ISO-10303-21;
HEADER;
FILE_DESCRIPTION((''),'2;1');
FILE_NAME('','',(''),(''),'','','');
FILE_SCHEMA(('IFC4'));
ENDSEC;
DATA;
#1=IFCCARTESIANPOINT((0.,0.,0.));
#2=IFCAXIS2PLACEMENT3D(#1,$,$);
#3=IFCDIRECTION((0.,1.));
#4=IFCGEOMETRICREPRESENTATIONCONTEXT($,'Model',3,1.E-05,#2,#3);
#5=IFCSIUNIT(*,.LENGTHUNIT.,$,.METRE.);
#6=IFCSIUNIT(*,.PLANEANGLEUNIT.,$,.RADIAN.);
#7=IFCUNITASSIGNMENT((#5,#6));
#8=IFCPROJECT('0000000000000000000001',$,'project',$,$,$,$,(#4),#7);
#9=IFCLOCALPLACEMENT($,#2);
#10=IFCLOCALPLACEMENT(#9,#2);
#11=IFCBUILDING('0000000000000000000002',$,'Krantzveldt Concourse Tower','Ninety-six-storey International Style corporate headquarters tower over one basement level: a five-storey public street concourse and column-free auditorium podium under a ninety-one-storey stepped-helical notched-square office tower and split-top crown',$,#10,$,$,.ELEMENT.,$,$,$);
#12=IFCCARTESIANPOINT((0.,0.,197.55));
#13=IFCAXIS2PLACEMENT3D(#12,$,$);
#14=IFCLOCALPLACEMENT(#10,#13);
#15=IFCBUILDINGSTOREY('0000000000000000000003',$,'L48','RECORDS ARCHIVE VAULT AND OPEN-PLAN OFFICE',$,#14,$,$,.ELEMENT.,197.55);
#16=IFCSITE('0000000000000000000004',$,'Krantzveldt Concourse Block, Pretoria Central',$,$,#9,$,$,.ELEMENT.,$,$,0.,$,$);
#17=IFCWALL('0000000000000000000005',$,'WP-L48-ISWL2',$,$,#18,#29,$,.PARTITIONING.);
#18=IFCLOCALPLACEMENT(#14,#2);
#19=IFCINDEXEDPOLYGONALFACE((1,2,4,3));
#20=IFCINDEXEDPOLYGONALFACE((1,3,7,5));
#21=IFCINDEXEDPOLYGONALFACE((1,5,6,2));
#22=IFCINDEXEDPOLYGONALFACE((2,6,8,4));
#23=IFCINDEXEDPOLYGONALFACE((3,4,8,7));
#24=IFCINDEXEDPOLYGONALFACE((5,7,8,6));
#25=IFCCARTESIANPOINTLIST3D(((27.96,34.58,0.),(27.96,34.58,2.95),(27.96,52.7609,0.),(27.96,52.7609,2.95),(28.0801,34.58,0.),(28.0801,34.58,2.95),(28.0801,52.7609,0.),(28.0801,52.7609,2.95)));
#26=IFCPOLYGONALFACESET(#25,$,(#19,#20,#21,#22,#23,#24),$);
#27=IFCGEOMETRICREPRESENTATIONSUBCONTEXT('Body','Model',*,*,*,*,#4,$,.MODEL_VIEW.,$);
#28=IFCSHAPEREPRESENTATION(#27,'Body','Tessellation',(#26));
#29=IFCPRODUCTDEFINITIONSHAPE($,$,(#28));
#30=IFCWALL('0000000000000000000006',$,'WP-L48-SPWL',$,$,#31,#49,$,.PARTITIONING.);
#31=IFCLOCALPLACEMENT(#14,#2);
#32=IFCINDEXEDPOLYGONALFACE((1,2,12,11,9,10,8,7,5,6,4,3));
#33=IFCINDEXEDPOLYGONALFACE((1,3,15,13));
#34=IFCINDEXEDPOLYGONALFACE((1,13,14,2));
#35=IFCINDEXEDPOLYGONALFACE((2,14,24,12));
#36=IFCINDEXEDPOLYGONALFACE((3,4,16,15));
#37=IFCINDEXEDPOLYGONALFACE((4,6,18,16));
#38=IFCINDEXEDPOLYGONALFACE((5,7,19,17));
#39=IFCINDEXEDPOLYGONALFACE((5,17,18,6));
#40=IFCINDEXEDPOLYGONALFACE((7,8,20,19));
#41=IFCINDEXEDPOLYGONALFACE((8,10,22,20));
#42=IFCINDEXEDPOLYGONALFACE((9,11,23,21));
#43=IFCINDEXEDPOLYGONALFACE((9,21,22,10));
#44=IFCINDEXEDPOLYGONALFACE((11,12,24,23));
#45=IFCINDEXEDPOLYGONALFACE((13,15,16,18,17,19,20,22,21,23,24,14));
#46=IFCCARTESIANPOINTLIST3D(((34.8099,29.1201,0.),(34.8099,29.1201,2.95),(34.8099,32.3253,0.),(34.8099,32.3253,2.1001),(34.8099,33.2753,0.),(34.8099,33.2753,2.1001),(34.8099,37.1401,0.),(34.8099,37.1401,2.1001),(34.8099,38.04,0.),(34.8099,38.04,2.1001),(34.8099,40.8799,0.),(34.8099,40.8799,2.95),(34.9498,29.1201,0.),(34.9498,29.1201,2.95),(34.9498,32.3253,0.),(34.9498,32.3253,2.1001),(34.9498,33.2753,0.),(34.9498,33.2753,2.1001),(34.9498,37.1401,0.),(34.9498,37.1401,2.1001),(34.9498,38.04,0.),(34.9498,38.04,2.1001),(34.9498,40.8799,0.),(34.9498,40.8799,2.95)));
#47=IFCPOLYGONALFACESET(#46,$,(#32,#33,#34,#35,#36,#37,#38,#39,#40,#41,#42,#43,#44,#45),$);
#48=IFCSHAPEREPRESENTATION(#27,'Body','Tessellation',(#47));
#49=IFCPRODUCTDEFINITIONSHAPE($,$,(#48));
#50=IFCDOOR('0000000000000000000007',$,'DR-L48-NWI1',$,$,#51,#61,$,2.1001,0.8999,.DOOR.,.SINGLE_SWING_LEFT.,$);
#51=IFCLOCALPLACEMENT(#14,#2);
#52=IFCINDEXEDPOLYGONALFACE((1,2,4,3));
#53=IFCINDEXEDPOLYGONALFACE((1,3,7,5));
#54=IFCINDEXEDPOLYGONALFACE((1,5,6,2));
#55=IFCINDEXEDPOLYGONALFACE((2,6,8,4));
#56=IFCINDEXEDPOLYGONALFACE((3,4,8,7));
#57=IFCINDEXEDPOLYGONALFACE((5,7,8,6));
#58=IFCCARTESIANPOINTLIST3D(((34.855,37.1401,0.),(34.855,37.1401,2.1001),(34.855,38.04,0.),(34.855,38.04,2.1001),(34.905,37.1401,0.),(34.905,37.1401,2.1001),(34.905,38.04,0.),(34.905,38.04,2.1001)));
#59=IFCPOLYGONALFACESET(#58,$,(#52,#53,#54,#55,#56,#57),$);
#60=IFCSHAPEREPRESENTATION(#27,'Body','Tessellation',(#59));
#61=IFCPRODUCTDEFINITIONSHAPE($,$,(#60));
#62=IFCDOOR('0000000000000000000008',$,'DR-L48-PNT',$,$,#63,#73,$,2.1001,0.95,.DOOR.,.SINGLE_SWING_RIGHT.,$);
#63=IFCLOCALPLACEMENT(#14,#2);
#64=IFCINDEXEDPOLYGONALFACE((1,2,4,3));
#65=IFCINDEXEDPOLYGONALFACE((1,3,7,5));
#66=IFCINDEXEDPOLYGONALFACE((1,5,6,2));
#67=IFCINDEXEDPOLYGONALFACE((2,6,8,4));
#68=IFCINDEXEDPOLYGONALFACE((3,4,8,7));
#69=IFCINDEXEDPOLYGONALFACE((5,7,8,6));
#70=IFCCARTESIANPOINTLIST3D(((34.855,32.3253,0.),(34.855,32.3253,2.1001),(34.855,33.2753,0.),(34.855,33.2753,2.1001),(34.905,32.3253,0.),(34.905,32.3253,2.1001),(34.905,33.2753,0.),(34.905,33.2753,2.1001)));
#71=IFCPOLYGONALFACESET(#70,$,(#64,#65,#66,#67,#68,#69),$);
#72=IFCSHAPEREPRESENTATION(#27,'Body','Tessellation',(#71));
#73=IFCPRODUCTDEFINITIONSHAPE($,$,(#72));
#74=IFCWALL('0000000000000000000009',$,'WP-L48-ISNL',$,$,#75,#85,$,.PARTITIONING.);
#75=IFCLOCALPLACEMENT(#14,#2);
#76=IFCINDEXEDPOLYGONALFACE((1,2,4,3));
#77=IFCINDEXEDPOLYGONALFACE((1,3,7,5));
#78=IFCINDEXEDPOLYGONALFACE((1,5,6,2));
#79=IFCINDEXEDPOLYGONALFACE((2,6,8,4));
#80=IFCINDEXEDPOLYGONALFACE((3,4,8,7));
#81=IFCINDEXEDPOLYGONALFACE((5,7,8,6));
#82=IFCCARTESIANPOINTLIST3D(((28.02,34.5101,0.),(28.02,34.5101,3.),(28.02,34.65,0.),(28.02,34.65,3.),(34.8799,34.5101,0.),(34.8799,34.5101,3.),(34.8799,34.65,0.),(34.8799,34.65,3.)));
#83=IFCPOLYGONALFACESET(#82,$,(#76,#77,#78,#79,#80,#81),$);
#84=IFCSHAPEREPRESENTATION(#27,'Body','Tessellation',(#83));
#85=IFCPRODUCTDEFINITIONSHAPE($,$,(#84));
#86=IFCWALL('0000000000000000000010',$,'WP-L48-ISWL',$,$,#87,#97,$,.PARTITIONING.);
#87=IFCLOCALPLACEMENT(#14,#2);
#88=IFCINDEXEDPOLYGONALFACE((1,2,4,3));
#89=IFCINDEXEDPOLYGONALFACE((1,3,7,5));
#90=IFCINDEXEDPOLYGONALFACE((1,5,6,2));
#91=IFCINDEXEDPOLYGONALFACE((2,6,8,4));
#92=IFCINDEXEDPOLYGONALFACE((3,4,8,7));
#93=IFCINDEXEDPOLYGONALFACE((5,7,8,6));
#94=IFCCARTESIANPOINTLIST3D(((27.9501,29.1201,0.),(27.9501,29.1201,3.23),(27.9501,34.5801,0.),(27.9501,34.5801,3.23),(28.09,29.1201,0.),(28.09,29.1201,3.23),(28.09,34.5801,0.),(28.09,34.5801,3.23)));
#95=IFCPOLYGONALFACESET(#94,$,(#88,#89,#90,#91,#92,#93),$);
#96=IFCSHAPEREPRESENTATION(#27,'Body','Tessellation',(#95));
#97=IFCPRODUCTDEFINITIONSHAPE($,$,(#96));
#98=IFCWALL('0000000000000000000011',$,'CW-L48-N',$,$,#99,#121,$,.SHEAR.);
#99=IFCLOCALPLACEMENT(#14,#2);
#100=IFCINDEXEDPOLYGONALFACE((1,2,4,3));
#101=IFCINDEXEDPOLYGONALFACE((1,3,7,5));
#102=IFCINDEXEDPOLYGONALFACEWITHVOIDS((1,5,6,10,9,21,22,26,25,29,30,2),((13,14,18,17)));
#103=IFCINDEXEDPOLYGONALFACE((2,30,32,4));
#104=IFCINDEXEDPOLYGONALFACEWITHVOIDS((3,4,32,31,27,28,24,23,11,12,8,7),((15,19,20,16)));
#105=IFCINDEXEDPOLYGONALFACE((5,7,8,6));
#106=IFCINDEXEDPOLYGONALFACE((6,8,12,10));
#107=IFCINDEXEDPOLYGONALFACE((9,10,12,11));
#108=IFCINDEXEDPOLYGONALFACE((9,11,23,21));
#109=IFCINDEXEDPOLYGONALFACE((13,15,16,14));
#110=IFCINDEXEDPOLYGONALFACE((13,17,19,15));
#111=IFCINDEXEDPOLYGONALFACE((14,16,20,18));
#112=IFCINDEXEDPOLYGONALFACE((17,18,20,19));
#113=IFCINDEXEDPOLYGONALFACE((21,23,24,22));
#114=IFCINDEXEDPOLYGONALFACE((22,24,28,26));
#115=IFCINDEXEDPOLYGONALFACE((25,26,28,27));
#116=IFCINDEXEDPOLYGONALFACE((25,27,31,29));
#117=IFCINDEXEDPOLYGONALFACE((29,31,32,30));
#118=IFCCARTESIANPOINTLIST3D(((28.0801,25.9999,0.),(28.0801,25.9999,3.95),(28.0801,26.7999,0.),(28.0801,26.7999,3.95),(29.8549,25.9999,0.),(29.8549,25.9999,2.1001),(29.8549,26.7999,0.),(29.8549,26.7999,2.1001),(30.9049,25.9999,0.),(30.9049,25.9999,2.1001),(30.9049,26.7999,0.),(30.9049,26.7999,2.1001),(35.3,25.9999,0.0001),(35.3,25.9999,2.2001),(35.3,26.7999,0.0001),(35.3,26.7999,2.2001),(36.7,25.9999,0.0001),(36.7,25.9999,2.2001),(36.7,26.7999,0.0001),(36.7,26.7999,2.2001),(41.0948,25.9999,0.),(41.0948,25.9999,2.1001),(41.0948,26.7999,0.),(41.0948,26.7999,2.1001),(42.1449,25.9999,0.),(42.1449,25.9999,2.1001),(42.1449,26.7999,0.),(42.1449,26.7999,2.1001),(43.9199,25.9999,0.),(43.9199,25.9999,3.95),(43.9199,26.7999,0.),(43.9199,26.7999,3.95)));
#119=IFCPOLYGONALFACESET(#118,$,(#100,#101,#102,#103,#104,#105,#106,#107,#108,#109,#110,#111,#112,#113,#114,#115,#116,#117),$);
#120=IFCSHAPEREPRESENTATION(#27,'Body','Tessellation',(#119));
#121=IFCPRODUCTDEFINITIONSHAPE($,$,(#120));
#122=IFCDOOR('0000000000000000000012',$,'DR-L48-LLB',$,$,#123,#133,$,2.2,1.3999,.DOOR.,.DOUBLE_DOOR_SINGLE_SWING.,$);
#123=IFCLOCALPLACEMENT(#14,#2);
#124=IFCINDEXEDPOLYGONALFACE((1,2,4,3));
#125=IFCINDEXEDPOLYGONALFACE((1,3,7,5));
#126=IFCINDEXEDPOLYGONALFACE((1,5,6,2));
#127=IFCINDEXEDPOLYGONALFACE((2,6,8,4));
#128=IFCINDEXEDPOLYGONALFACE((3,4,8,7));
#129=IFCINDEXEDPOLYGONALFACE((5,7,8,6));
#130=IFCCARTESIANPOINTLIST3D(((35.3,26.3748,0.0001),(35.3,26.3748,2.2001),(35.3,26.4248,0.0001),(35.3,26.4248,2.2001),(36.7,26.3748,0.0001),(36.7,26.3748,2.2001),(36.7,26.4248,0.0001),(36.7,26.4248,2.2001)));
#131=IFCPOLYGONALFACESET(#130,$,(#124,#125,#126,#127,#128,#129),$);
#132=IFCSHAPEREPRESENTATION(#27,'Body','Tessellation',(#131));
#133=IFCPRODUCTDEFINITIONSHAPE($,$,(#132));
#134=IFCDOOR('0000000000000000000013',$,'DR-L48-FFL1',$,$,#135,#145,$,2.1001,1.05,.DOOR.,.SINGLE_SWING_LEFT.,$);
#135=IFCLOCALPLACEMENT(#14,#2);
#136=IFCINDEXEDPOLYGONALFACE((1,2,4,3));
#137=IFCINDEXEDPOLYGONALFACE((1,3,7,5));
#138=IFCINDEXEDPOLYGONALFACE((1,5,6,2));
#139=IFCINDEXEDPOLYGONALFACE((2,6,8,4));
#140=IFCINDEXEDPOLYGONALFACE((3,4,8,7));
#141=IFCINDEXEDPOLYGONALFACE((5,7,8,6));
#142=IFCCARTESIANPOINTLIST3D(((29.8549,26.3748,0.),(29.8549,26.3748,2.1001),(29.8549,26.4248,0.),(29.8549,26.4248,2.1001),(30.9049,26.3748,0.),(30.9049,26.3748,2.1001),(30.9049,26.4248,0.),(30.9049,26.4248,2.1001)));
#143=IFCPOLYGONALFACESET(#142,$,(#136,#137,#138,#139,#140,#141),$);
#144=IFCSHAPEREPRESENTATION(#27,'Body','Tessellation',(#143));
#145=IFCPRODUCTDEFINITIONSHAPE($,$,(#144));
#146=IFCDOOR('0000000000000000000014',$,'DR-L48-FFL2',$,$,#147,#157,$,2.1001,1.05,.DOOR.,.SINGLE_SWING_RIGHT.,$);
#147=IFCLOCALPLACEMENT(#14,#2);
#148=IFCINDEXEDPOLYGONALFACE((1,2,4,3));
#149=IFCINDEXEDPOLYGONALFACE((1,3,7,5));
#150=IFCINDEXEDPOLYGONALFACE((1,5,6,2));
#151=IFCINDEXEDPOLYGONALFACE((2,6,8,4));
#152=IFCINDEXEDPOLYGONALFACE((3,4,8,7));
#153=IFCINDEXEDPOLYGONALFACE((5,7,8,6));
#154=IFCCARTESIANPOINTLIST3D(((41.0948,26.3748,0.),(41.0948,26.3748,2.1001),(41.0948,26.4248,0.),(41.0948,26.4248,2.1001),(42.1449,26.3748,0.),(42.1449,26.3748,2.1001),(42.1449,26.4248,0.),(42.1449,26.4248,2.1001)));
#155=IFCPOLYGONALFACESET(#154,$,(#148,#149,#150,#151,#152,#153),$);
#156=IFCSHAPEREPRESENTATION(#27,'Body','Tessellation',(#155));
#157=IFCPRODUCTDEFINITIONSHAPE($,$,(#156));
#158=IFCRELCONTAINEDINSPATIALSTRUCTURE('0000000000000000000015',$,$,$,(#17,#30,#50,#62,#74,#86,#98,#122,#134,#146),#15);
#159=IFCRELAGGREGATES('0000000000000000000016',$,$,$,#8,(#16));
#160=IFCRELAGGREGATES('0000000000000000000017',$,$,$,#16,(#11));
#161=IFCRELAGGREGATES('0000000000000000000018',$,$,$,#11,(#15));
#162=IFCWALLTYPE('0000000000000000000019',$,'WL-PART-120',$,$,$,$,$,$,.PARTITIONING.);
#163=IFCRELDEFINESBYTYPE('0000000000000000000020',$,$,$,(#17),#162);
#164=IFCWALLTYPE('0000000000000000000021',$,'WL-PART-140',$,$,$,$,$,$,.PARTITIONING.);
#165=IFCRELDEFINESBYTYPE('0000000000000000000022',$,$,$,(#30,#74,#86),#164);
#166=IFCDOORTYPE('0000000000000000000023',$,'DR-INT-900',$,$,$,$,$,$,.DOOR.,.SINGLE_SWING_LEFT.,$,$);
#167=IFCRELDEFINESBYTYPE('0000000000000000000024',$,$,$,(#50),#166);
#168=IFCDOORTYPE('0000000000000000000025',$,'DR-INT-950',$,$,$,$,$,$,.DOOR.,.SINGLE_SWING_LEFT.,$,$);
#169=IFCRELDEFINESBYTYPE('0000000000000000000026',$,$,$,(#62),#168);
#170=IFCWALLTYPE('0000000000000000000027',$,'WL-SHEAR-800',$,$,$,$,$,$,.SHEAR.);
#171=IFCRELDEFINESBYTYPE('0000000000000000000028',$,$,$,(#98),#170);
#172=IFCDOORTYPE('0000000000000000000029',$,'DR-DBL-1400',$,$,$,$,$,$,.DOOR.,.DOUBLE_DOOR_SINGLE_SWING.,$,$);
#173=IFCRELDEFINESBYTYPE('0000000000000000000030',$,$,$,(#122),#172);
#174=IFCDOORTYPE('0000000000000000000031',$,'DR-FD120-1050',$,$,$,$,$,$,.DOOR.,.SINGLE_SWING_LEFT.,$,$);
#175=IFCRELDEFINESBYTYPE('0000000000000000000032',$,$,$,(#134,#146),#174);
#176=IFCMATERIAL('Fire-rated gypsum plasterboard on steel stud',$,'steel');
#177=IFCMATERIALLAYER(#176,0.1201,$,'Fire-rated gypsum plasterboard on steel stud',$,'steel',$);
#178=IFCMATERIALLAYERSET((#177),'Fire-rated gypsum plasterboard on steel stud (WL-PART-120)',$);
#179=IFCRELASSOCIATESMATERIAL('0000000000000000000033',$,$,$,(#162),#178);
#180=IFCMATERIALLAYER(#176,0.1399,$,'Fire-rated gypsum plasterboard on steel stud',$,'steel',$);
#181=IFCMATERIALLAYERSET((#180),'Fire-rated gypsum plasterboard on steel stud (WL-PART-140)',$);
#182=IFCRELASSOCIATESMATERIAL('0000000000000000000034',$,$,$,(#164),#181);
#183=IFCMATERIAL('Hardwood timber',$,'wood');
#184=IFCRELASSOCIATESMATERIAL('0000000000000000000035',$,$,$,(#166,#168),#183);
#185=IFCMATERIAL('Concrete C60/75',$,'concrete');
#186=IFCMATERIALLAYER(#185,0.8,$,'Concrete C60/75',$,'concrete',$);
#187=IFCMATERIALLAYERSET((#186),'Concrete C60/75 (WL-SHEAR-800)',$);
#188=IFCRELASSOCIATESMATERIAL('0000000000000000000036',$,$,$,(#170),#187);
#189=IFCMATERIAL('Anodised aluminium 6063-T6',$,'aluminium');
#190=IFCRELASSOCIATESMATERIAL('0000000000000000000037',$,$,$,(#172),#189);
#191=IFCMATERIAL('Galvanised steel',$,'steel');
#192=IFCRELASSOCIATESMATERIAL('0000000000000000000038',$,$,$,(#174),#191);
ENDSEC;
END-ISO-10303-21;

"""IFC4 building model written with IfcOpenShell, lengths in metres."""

from ifc_helpers import new_model, si_unit, direction, frame, frame_2d, origin, place, context, subcontext, project, spatial, rectangle, extrude, material, layer, layer_set, type_object, element, fill, save


model = new_model("IFC4")

# Units and contexts
model_context = context("Model", 3, precision=1e-05, world=origin(), true_north=direction((0.0, 1.0)))
body_context = subcontext(model_context, "Body", "Model", "MODEL_VIEW")
ifc_project = project(units=[si_unit("LENGTHUNIT", "METRE"), si_unit("PLANEANGLEUNIT", "RADIAN")], contexts=[model_context])

# Site, building, storey
site_placement = place(None, origin())
site = spatial("IfcSite", under=ifc_project, at=site_placement, Name="Krantzveldt Concourse Block, Pretoria Central", CompositionType="ELEMENT", RefElevation=0.0)
building_placement = place(site_placement, origin())
building = spatial("IfcBuilding", under=site, at=building_placement, Name="Krantzveldt Concourse Tower", Description="Ninety-six-storey International Style corporate headquarters tower over one basement level: a five-storey public street concourse and column-free auditorium podium under a ninety-one-storey stepped-helical notched-square office tower and split-top crown", CompositionType="ELEMENT")
storey_placement = place(building_placement, frame((0.0, 0.0, 197.55)))
storey = spatial("IfcBuildingStorey", under=building, at=storey_placement, Name="L48", Description="RECORDS ARCHIVE VAULT AND OPEN-PLAN OFFICE", CompositionType="ELEMENT", Elevation=197.55)

# Wall
ifc_material_1 = material(Name="Fire-rated gypsum plasterboard on steel stud", Category="steel")
ifc_layer_1 = layer(ifc_material_1, 0.1201, Name="Fire-rated gypsum plasterboard on steel stud", Category="steel")
ifc_layer_set_1 = layer_set([ifc_layer_1], Name="Fire-rated gypsum plasterboard on steel stud (WL-PART-120)")
wall_type_1 = type_object("IfcWallType", Name="WL-PART-120", PredefinedType="PARTITIONING", material=ifc_layer_set_1)
wall_1_placement = place(storey_placement, frame((28.02, 34.5801, 0.0), z_axis=(0.0, 0.0, 1.0), x_axis=(0.0, 1.0, 0.0)))
element("IfcWall", 1, at=wall_1_placement, inside=storey, type_object=wall_type_1, Name="WP-L48-ISWL2", PredefinedType="PARTITIONING", context=body_context, shape_type="SweptSolid", body=[
    extrude(rectangle(XDim=18.1809, YDim=0.1201, at=frame_2d((9.0903, 0.0))), origin(), (0.0, 0.0, 1.0), 2.95),
])

# Wall, openings, doors
ifc_layer_2 = layer(ifc_material_1, 0.1399, Name="Fire-rated gypsum plasterboard on steel stud", Category="steel")
ifc_layer_set_2 = layer_set([ifc_layer_2], Name="Fire-rated gypsum plasterboard on steel stud (WL-PART-140)")
wall_type_2 = type_object("IfcWallType", Name="WL-PART-140", PredefinedType="PARTITIONING", material=ifc_layer_set_2)
wall_2_placement = place(storey_placement, frame((34.8799, 29.1201, 0.0), z_axis=(0.0, 0.0, 1.0), x_axis=(0.0, 1.0, 0.0)))
wall_2 = element("IfcWall", 2, at=wall_2_placement, inside=storey, type_object=wall_type_2, Name="WP-L48-SPWL", PredefinedType="PARTITIONING", context=body_context, shape_type="SweptSolid", body=[
    extrude(rectangle(XDim=11.7598, YDim=0.1399, at=frame_2d((5.8799, 0.0))), origin(), (0.0, 0.0, 1.0), 2.95),
])
opening_1_placement = place(wall_2_placement, frame((3.2051, 0.0, 0.0)))
opening_1 = element("IfcOpeningElement", 3, at=opening_1_placement, cuts=wall_2, PredefinedType="OPENING", context=body_context, shape_type="SweptSolid", body=[
    extrude(rectangle(XDim=0.95, YDim=2.1001, at=frame_2d((0.4751, 1.05))), frame((0.0, 0.0801, 0.0), z_axis=(0.0, -1.0, 0.0), x_axis=(1.0, 0.0, 0.0)), (0.0, 0.0, 1.0), 0.1599),
])
opening_2_placement = place(wall_2_placement, frame((8.02, 0.0, 0.0)))
opening_2 = element("IfcOpeningElement", 4, at=opening_2_placement, cuts=wall_2, PredefinedType="OPENING", context=body_context, shape_type="SweptSolid", body=[
    extrude(rectangle(XDim=0.8999, YDim=2.1001, at=frame_2d((0.45, 1.05))), frame((0.0, 0.0801, 0.0), z_axis=(0.0, -1.0, 0.0), x_axis=(1.0, 0.0, 0.0)), (0.0, 0.0, 1.0), 0.1599),
])
ifc_material_2 = material(Name="Hardwood timber", Category="wood")
door_type_1 = type_object("IfcDoorType", Name="DR-INT-900", OperationType="SINGLE_SWING_LEFT", PredefinedType="DOOR", material=ifc_material_2)
door_1_placement = place(opening_2_placement, origin())
door_1 = element("IfcDoor", 5, at=door_1_placement, inside=storey, type_object=door_type_1, Name="DR-L48-NWI1", OperationType="SINGLE_SWING_LEFT", OverallHeight=2.1001, OverallWidth=0.8999, PredefinedType="DOOR", context=body_context, shape_type="SweptSolid", body=[
    extrude(rectangle(XDim=0.8999, YDim=2.1001, at=frame_2d((0.45, 1.05))), frame((0.0, 0.0249, 0.0), z_axis=(0.0, -1.0, 0.0), x_axis=(1.0, 0.0, 0.0)), (0.0, 0.0, 1.0), 0.05),
])
fill(opening_2, door_1)
door_type_2 = type_object("IfcDoorType", Name="DR-INT-950", OperationType="SINGLE_SWING_LEFT", PredefinedType="DOOR", material=ifc_material_2)
door_2_placement = place(opening_1_placement, origin())
door_2 = element("IfcDoor", 6, at=door_2_placement, inside=storey, type_object=door_type_2, Name="DR-L48-PNT", OperationType="SINGLE_SWING_RIGHT", OverallHeight=2.1001, OverallWidth=0.95, PredefinedType="DOOR", context=body_context, shape_type="SweptSolid", body=[
    extrude(rectangle(XDim=0.95, YDim=2.1001, at=frame_2d((0.4751, 1.05))), frame((0.0, 0.0249, 0.0), z_axis=(0.0, -1.0, 0.0), x_axis=(1.0, 0.0, 0.0)), (0.0, 0.0, 1.0), 0.05),
])
fill(opening_1, door_2)

# Walls
wall_3_placement = place(storey_placement, frame((28.02, 34.5801, 0.0), z_axis=(0.0, 0.0, 1.0), x_axis=(1.0, 0.0, 0.0)))
element("IfcWall", 7, at=wall_3_placement, inside=storey, type_object=wall_type_2, Name="WP-L48-ISNL", PredefinedType="PARTITIONING", context=body_context, shape_type="SweptSolid", body=[
    extrude(rectangle(XDim=6.8599, YDim=0.1399, at=frame_2d((3.4299, 0.0))), origin(), (0.0, 0.0, 1.0), 3.0),
])
wall_4_placement = place(storey_placement, frame((28.02, 29.1201, 0.0), z_axis=(0.0, 0.0, 1.0), x_axis=(0.0, 1.0, 0.0)))
element("IfcWall", 8, at=wall_4_placement, inside=storey, type_object=wall_type_2, Name="WP-L48-ISWL", PredefinedType="PARTITIONING", context=body_context, shape_type="SweptSolid", body=[
    extrude(rectangle(XDim=5.46, YDim=0.1399, at=frame_2d((2.73, 0.0))), origin(), (0.0, 0.0, 1.0), 3.23),
])

# Wall, openings, doors
ifc_material_3 = material(Name="Concrete C60/75", Category="concrete")
ifc_layer_3 = layer(ifc_material_3, 0.8, Name="Concrete C60/75", Category="concrete")
ifc_layer_set_3 = layer_set([ifc_layer_3], Name="Concrete C60/75 (WL-SHEAR-800)")
wall_type_3 = type_object("IfcWallType", Name="WL-SHEAR-800", PredefinedType="SHEAR", material=ifc_layer_set_3)
wall_5_placement = place(storey_placement, frame((28.0801, 26.3999, 0.0), z_axis=(0.0, 0.0, 1.0), x_axis=(1.0, 0.0, 0.0)))
wall_5 = element("IfcWall", 9, at=wall_5_placement, inside=storey, type_object=wall_type_3, Name="CW-L48-N", PredefinedType="SHEAR", context=body_context, shape_type="SweptSolid", body=[
    extrude(rectangle(XDim=15.8398, YDim=0.8, at=frame_2d((7.9199, 0.0))), origin(), (0.0, 0.0, 1.0), 3.95),
])
opening_3_placement = place(wall_5_placement, frame((7.22, 0.0, 0.0)))
opening_3 = element("IfcOpeningElement", 10, at=opening_3_placement, cuts=wall_5, PredefinedType="OPENING", context=body_context, shape_type="SweptSolid", body=[
    extrude(rectangle(XDim=1.3999, YDim=2.2, at=frame_2d((0.7, 1.1001))), frame((0.0, 0.4102, 0.0), z_axis=(0.0, -1.0, 0.0), x_axis=(1.0, 0.0, 0.0)), (0.0, 0.0, 1.0), 0.8201),
])
opening_4_placement = place(wall_5_placement, frame((1.7749, 0.0, 0.0)))
opening_4 = element("IfcOpeningElement", 11, at=opening_4_placement, cuts=wall_5, PredefinedType="OPENING", context=body_context, shape_type="SweptSolid", body=[
    extrude(rectangle(XDim=1.05, YDim=2.1001, at=frame_2d((0.5249, 1.05))), frame((0.0, 0.4102, 0.0), z_axis=(0.0, -1.0, 0.0), x_axis=(1.0, 0.0, 0.0)), (0.0, 0.0, 1.0), 0.8201),
])
opening_5_placement = place(wall_5_placement, frame((13.0149, 0.0, 0.0)))
opening_5 = element("IfcOpeningElement", 12, at=opening_5_placement, cuts=wall_5, PredefinedType="OPENING", context=body_context, shape_type="SweptSolid", body=[
    extrude(rectangle(XDim=1.05, YDim=2.1001, at=frame_2d((0.5249, 1.05))), frame((0.0, 0.4102, 0.0), z_axis=(0.0, -1.0, 0.0), x_axis=(1.0, 0.0, 0.0)), (0.0, 0.0, 1.0), 0.8201),
])
ifc_material_4 = material(Name="Anodised aluminium 6063-T6", Category="aluminium")
door_type_3 = type_object("IfcDoorType", Name="DR-DBL-1400", OperationType="DOUBLE_DOOR_SINGLE_SWING", PredefinedType="DOOR", material=ifc_material_4)
door_3_placement = place(opening_3_placement, origin())
door_3 = element("IfcDoor", 13, at=door_3_placement, inside=storey, type_object=door_type_3, Name="DR-L48-LLB", OperationType="DOUBLE_DOOR_SINGLE_SWING", OverallHeight=2.2, OverallWidth=1.3999, PredefinedType="DOOR", context=body_context, shape_type="SweptSolid", body=[
    extrude(rectangle(XDim=1.3999, YDim=2.2, at=frame_2d((0.7, 1.1001))), frame((0.0, 0.0249, 0.0), z_axis=(0.0, -1.0, 0.0), x_axis=(1.0, 0.0, 0.0)), (0.0, 0.0, 1.0), 0.05),
])
fill(opening_3, door_3)
ifc_material_5 = material(Name="Galvanised steel", Category="steel")
door_type_4 = type_object("IfcDoorType", Name="DR-FD120-1050", OperationType="SINGLE_SWING_LEFT", PredefinedType="DOOR", material=ifc_material_5)
door_4_placement = place(opening_4_placement, origin())
door_4 = element("IfcDoor", 14, at=door_4_placement, inside=storey, type_object=door_type_4, Name="DR-L48-FFL1", OperationType="SINGLE_SWING_LEFT", OverallHeight=2.1001, OverallWidth=1.05, PredefinedType="DOOR", context=body_context, shape_type="SweptSolid", body=[
    extrude(rectangle(XDim=1.05, YDim=2.1001, at=frame_2d((0.5249, 1.05))), frame((0.0, 0.0249, 0.0), z_axis=(0.0, -1.0, 0.0), x_axis=(1.0, 0.0, 0.0)), (0.0, 0.0, 1.0), 0.05),
])
fill(opening_4, door_4)
door_5_placement = place(opening_5_placement, origin())
door_5 = element("IfcDoor", 15, at=door_5_placement, inside=storey, type_object=door_type_4, Name="DR-L48-FFL2", OperationType="SINGLE_SWING_RIGHT", OverallHeight=2.1001, OverallWidth=1.05, PredefinedType="DOOR", context=body_context, shape_type="SweptSolid", body=[
    extrude(rectangle(XDim=1.05, YDim=2.1001, at=frame_2d((0.5249, 1.05))), frame((0.0, 0.0249, 0.0), z_axis=(0.0, -1.0, 0.0), x_axis=(1.0, 0.0, 0.0)), (0.0, 0.0, 1.0), 0.05),
])
fill(opening_5, door_5)

save(model, "model.ifc")
